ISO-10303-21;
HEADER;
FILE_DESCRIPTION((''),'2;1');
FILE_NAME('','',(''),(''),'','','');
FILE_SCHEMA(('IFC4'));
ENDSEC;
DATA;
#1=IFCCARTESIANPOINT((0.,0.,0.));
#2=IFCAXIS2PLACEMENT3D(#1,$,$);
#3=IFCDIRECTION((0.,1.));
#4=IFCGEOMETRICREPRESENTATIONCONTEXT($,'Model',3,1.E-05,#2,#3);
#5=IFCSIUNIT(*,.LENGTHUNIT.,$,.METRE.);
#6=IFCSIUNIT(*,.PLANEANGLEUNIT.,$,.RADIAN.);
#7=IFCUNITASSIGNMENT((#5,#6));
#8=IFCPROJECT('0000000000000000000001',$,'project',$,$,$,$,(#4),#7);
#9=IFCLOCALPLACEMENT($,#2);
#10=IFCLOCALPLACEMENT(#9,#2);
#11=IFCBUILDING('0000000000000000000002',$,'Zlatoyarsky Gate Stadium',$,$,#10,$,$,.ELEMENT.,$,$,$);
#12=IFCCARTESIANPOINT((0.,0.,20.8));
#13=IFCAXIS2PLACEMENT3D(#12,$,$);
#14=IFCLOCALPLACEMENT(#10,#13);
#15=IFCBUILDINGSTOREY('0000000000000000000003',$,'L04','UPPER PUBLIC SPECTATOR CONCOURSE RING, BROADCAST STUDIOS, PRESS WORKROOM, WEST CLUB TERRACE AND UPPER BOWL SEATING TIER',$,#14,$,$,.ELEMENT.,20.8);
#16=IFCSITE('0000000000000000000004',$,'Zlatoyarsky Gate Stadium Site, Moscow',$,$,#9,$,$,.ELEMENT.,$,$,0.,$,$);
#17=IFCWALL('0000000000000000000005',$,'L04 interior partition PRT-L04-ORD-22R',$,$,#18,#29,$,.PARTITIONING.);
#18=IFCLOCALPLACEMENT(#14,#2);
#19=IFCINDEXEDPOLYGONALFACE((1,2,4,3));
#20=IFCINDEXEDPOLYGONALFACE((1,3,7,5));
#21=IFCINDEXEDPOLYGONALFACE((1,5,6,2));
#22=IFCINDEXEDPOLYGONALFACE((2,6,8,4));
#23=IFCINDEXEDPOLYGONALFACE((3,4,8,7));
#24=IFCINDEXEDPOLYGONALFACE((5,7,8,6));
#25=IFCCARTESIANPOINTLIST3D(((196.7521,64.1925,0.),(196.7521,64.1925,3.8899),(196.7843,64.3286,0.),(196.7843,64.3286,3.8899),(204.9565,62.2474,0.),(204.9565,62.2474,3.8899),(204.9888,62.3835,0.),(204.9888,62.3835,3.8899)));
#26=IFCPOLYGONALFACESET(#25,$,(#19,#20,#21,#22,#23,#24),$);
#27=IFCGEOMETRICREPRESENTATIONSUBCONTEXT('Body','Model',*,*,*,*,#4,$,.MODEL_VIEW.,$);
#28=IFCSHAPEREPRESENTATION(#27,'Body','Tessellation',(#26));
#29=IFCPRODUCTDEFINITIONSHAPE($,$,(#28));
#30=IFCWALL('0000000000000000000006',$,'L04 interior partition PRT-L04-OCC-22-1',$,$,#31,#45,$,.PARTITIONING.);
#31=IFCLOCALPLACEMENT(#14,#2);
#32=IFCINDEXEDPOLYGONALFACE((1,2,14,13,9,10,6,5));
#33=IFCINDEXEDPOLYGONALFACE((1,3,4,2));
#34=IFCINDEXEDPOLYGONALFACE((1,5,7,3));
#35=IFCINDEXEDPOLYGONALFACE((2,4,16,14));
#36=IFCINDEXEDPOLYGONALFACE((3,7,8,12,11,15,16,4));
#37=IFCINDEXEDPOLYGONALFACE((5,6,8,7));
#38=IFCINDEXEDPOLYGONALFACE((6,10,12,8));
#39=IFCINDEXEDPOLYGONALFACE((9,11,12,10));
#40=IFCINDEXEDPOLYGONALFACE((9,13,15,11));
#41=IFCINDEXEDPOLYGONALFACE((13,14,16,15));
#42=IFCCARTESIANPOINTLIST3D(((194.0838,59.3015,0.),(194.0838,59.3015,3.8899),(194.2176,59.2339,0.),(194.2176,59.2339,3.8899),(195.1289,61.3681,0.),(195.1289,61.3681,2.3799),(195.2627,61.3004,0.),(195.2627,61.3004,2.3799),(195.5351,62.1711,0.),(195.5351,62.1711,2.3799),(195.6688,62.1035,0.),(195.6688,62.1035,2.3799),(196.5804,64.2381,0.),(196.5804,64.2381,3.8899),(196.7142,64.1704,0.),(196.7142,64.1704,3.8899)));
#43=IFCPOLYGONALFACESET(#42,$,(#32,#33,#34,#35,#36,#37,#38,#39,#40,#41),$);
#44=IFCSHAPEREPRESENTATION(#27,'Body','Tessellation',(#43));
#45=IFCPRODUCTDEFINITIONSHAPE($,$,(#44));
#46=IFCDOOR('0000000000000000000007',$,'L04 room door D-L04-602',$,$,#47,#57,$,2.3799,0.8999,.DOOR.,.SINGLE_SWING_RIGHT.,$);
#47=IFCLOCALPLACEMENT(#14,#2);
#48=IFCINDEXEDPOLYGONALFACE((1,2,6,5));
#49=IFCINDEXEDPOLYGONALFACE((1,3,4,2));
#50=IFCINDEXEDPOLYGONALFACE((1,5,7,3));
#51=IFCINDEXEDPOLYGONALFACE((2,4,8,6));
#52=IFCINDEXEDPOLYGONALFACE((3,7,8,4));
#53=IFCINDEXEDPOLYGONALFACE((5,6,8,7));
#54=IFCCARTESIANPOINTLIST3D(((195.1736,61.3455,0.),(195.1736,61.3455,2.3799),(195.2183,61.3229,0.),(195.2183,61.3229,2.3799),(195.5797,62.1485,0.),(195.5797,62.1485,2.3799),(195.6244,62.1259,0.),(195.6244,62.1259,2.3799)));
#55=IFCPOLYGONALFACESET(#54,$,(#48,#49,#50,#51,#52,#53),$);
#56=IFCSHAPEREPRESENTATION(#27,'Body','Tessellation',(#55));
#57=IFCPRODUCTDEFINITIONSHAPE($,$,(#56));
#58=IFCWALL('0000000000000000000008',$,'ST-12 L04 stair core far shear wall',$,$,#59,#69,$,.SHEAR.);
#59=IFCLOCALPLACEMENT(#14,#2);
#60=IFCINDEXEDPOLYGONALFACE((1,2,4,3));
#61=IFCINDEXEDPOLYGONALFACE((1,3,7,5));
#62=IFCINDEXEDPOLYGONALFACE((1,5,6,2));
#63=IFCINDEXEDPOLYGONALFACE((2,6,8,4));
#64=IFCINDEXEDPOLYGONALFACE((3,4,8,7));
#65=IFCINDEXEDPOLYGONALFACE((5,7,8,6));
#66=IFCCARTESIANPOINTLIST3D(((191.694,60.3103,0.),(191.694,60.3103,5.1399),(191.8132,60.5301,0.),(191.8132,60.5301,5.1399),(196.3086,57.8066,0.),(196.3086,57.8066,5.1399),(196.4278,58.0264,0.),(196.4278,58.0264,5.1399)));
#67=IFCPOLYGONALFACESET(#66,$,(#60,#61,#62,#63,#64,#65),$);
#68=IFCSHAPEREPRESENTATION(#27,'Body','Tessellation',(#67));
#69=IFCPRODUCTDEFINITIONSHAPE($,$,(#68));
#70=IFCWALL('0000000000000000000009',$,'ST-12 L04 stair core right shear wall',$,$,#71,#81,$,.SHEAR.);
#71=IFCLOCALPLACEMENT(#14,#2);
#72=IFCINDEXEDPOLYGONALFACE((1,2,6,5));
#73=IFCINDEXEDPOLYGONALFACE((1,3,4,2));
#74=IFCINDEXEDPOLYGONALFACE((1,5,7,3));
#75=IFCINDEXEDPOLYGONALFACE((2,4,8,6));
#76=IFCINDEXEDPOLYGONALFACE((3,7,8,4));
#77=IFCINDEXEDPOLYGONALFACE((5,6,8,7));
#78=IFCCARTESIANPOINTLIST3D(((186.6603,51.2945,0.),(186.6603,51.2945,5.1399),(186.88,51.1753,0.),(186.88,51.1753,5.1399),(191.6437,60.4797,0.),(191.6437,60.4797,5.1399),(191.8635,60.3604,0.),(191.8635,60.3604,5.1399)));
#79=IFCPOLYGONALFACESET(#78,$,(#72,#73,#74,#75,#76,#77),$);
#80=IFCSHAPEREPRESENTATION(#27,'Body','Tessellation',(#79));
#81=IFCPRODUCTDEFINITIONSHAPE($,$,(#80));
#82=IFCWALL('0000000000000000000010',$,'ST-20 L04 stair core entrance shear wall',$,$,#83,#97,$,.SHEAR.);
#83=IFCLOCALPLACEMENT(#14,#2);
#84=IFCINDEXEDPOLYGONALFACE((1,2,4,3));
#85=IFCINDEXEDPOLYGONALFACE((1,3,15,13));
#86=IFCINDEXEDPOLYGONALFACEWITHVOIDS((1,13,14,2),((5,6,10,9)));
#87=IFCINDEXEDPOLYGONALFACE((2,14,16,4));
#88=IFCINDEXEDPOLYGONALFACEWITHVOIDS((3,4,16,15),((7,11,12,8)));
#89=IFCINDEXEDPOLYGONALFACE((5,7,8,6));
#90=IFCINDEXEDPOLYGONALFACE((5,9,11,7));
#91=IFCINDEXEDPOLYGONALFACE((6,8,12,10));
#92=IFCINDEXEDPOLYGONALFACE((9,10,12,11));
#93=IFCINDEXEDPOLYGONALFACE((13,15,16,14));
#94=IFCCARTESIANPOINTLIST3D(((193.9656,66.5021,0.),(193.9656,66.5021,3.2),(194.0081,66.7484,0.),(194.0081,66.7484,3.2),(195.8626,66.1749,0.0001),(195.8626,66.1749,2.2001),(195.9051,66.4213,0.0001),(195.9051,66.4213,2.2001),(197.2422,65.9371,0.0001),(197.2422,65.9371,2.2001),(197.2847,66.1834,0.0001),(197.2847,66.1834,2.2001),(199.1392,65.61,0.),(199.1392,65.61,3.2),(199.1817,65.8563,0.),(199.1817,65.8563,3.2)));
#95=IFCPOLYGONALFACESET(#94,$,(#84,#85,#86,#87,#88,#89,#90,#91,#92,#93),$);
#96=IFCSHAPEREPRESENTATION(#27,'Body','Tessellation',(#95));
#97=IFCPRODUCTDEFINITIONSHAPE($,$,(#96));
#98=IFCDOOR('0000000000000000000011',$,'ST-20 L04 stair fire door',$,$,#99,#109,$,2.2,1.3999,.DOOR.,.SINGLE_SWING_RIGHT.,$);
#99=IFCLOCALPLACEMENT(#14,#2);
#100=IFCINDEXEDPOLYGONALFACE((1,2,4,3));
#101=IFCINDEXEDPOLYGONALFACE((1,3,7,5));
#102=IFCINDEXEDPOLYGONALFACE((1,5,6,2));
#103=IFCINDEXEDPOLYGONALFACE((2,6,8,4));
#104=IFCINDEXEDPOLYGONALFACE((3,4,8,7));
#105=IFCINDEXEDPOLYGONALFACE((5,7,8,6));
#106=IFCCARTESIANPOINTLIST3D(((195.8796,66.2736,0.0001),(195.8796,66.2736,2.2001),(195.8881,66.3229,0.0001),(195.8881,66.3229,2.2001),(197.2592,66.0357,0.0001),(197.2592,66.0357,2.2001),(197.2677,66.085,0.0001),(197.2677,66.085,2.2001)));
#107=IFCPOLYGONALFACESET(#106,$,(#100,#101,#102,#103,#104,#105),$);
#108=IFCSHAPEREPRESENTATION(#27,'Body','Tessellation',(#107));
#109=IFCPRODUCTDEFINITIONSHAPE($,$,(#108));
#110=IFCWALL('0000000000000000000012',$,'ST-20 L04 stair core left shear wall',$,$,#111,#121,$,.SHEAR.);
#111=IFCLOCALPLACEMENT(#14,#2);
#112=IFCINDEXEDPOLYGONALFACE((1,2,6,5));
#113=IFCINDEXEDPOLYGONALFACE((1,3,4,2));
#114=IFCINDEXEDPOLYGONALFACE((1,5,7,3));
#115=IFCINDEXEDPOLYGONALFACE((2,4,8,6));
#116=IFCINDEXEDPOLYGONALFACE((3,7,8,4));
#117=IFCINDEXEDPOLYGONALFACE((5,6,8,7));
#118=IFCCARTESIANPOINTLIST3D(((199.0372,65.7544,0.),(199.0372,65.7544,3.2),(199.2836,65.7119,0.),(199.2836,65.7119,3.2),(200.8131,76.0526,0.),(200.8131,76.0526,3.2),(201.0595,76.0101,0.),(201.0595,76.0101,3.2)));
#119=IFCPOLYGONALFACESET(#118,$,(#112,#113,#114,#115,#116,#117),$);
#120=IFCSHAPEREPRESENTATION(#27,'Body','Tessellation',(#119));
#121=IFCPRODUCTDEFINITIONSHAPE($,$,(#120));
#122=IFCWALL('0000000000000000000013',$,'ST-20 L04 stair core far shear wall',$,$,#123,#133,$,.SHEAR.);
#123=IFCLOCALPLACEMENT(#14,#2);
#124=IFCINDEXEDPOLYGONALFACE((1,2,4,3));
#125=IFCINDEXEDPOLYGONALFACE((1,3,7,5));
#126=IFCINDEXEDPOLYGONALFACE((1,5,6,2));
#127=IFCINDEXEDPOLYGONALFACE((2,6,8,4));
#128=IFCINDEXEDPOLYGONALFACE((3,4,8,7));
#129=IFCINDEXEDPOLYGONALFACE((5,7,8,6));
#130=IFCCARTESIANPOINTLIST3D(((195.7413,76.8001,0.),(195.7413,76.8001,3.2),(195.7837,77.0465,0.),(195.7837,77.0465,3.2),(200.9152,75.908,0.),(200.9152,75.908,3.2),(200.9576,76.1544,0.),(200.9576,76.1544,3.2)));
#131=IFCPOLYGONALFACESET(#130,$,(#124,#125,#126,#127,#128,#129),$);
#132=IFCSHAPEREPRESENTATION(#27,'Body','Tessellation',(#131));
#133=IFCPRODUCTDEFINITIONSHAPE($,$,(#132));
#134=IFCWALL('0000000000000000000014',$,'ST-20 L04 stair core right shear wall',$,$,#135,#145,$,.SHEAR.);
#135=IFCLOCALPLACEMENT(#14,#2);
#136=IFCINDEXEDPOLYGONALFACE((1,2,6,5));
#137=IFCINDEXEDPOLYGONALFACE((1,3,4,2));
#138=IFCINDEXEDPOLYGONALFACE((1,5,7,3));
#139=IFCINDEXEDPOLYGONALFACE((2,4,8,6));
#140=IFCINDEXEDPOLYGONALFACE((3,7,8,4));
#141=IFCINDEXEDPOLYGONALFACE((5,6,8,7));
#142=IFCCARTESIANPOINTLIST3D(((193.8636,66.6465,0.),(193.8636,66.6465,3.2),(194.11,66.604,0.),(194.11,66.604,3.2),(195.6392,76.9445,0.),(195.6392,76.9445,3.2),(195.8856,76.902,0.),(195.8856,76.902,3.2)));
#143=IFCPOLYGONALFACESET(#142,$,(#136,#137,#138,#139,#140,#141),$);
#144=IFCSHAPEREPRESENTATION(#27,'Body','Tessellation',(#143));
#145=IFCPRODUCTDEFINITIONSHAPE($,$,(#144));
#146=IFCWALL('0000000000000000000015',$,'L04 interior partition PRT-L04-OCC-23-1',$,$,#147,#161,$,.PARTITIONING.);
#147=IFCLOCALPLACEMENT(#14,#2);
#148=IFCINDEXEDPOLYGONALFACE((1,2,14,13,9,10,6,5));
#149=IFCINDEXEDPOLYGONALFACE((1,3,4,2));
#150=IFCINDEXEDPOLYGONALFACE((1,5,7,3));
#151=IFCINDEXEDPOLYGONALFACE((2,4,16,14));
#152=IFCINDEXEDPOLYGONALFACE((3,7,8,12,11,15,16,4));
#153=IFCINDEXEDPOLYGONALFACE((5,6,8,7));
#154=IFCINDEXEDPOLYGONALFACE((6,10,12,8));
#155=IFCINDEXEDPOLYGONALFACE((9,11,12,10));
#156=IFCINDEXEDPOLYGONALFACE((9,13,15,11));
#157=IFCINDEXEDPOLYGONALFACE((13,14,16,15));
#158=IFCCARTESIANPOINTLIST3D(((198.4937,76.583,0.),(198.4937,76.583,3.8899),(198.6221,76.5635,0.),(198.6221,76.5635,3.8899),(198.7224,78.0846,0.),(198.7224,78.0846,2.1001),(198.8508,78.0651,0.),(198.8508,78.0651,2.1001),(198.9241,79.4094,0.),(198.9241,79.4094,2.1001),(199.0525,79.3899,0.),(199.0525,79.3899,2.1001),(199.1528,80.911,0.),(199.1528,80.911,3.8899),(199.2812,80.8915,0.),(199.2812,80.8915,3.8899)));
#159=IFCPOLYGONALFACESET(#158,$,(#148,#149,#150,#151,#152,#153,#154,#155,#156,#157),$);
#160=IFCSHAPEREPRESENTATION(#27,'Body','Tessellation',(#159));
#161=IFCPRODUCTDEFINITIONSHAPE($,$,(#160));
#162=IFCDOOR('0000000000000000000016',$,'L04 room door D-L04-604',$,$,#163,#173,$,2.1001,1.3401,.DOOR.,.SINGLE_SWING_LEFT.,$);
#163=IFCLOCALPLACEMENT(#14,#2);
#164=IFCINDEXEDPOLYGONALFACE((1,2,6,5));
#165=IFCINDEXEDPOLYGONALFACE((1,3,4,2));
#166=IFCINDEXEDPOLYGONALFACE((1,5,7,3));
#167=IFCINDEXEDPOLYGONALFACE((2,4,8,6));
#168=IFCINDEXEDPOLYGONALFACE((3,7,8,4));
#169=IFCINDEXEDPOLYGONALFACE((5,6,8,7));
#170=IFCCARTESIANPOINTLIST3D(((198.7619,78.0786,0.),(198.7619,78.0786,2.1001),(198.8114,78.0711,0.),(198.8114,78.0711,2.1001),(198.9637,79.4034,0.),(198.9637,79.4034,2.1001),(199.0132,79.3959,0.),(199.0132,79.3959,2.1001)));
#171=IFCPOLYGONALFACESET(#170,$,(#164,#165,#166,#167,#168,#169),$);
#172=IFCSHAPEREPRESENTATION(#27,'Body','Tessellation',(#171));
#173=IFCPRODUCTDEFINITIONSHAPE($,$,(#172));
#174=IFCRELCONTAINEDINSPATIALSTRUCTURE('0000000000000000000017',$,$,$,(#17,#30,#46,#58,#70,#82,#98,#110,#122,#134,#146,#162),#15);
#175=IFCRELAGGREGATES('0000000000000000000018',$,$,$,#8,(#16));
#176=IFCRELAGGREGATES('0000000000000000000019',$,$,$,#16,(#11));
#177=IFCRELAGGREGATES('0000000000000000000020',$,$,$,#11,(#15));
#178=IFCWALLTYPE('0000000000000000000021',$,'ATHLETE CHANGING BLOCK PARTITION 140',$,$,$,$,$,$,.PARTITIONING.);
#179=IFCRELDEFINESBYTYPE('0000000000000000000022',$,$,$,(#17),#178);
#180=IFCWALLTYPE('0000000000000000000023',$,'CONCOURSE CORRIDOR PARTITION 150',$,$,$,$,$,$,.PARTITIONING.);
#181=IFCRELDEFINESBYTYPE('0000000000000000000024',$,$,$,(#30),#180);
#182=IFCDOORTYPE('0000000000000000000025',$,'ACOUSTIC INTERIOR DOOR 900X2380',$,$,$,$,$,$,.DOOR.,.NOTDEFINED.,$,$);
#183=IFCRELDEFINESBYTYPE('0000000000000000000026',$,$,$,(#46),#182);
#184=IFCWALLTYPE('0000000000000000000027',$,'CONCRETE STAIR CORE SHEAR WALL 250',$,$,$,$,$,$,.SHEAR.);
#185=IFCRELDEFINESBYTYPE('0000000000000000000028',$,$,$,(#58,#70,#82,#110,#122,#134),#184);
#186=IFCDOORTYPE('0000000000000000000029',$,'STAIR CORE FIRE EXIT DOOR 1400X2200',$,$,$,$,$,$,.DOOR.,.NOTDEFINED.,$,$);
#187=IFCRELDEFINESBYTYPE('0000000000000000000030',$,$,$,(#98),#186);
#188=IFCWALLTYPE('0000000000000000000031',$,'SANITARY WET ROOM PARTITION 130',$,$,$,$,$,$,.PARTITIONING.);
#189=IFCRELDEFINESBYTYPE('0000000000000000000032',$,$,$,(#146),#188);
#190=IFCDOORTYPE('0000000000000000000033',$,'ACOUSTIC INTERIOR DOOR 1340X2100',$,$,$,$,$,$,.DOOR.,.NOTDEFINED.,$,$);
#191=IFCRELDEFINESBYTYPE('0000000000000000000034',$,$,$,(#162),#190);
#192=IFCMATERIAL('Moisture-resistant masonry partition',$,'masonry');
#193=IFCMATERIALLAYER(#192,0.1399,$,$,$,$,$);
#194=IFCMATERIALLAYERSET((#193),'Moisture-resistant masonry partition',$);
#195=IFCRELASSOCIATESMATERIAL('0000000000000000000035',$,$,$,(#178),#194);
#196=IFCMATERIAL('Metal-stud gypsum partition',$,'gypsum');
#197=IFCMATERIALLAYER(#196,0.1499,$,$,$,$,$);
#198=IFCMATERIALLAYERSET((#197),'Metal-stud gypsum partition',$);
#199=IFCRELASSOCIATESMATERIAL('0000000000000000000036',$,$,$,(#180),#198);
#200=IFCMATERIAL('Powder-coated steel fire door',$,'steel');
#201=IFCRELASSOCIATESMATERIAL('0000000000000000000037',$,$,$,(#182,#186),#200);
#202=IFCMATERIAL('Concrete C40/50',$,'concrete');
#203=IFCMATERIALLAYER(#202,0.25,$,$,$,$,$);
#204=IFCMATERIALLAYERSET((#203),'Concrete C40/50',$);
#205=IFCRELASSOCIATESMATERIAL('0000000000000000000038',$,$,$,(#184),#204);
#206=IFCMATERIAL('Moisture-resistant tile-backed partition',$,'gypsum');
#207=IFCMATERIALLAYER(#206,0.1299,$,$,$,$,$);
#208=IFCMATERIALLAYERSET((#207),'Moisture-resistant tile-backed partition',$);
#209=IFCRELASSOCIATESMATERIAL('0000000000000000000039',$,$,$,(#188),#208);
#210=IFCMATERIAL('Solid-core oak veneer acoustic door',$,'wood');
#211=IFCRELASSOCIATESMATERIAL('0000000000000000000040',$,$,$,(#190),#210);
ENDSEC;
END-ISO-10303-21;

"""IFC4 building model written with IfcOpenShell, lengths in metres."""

from ifc_helpers import new_model, si_unit, direction, frame, frame_2d, origin, place, context, subcontext, project, spatial, rectangle, extrude, material, layer, layer_set, type_object, element, fill, save


model = new_model("IFC4")

# Units and contexts
model_context = context("Model", 3, precision=1e-05, world=origin(), true_north=direction((0.0, 1.0)))
body_context = subcontext(model_context, "Body", "Model", "MODEL_VIEW")
ifc_project = project(units=[si_unit("LENGTHUNIT", "METRE"), si_unit("PLANEANGLEUNIT", "RADIAN")], contexts=[model_context])

# Site, building, storey
site_placement = place(None, origin())
site = spatial("IfcSite", under=ifc_project, at=site_placement, Name="Zlatoyarsky Gate Stadium Site, Moscow", CompositionType="ELEMENT", RefElevation=0.0)
building_placement = place(site_placement, origin())
building = spatial("IfcBuilding", under=site, at=building_placement, Name="Zlatoyarsky Gate Stadium", CompositionType="ELEMENT")
storey_placement = place(building_placement, frame((0.0, 0.0, 20.8)))
storey = spatial("IfcBuildingStorey", under=building, at=storey_placement, Name="L04", Description="UPPER PUBLIC SPECTATOR CONCOURSE RING, BROADCAST STUDIOS, PRESS WORKROOM, WEST CLUB TERRACE AND UPPER BOWL SEATING TIER", CompositionType="ELEMENT", Elevation=20.8)

# Wall
ifc_material_1 = material(Name="Moisture-resistant masonry partition", Category="masonry")
ifc_layer_1 = layer(ifc_material_1, 0.1399)
ifc_layer_set_1 = layer_set([ifc_layer_1], Name="Moisture-resistant masonry partition")
wall_type_1 = type_object("IfcWallType", Name="ATHLETE CHANGING BLOCK PARTITION 140", PredefinedType="PARTITIONING", material=ifc_layer_set_1)
wall_1_placement = place(storey_placement, frame((196.7683, 64.2605, 0.0), z_axis=(0.0, 0.0, 1.0), x_axis=(0.97303, -0.230677, 0.0)))
element("IfcWall", 1, at=wall_1_placement, inside=storey, type_object=wall_type_1, Name="L04 interior partition PRT-L04-ORD-22R", PredefinedType="PARTITIONING", context=body_context, shape_type="SweptSolid", body=[
    extrude(rectangle(XDim=8.4319, YDim=0.1399, at=frame_2d((4.2158, 0.0))), origin(), (0.0, 0.0, 1.0), 3.8899),
])

# Wall, opening, door
ifc_material_2 = material(Name="Metal-stud gypsum partition", Category="gypsum")
ifc_layer_2 = layer(ifc_material_2, 0.1499)
ifc_layer_set_2 = layer_set([ifc_layer_2], Name="Metal-stud gypsum partition")
wall_type_2 = type_object("IfcWallType", Name="CONCOURSE CORRIDOR PARTITION 150", PredefinedType="PARTITIONING", material=ifc_layer_set_2)
wall_2_placement = place(storey_placement, frame((194.1506, 59.2676, 0.0), z_axis=(0.0, 0.0, 1.0), x_axis=(0.451304, 0.89237, 0.0)))
wall_2 = element("IfcWall", 2, at=wall_2_placement, inside=storey, type_object=wall_type_2, Name="L04 interior partition PRT-L04-OCC-22-1", PredefinedType="PARTITIONING", context=body_context, shape_type="SweptSolid", body=[
    extrude(rectangle(XDim=5.532, YDim=0.1499, at=frame_2d((2.7661, 0.0))), origin(), (0.0, 0.0, 1.0), 3.8899),
])
opening_1_placement = place(wall_2_placement, frame((2.3159, 0.0, 0.0)))
opening_1 = element("IfcOpeningElement", 3, at=opening_1_placement, cuts=wall_2, PredefinedType="OPENING", context=body_context, shape_type="SweptSolid", body=[
    extrude(rectangle(XDim=0.8999, YDim=2.3799, at=frame_2d((0.45, 1.1899))), frame((0.0, 0.085, 0.0), z_axis=(0.0, -1.0, 0.0), x_axis=(1.0, 0.0, 0.0)), (0.0, 0.0, 1.0), 0.1699),
])
ifc_material_3 = material(Name="Powder-coated steel fire door", Category="steel")
door_type_1 = type_object("IfcDoorType", Name="ACOUSTIC INTERIOR DOOR 900X2380", OperationType="NOTDEFINED", PredefinedType="DOOR", material=ifc_material_3)
door_1_placement = place(opening_1_placement, origin())
door_1 = element("IfcDoor", 4, at=door_1_placement, inside=storey, type_object=door_type_1, Name="L04 room door D-L04-602", OperationType="SINGLE_SWING_RIGHT", OverallHeight=2.3799, OverallWidth=0.8999, PredefinedType="DOOR", context=body_context, shape_type="SweptSolid", body=[
    extrude(rectangle(XDim=0.8999, YDim=2.3799, at=frame_2d((0.45, 1.1899))), frame((0.0, 0.0249, 0.0), z_axis=(0.0, -1.0, 0.0), x_axis=(1.0, 0.0, 0.0)), (0.0, 0.0, 1.0), 0.05),
])
fill(opening_1, door_1)

# Walls
ifc_material_4 = material(Name="Concrete C40/50", Category="concrete")
ifc_layer_3 = layer(ifc_material_4, 0.25)
ifc_layer_set_3 = layer_set([ifc_layer_3], Name="Concrete C40/50")
wall_type_3 = type_object("IfcWallType", Name="CONCRETE STAIR CORE SHEAR WALL 250", PredefinedType="SHEAR", material=ifc_layer_set_3)
wall_3_placement = place(storey_placement, frame((196.3682, 57.9165, 0.0), z_axis=(0.0, 0.0, 1.0), x_axis=(-0.878961, 0.476893, 0.0)))
element("IfcWall", 5, at=wall_3_placement, inside=storey, type_object=wall_type_3, Name="ST-12 L04 stair core far shear wall", PredefinedType="SHEAR", context=body_context, shape_type="SweptSolid", body=[
    extrude(rectangle(XDim=5.25, YDim=0.25, at=frame_2d((2.625, 0.0))), origin(), (0.0, 0.0, 1.0), 5.1399),
])
wall_4_placement = place(storey_placement, frame((191.7537, 60.4202, 0.0), z_axis=(0.0, 0.0, 1.0), x_axis=(-0.476887, -0.878965, 0.0)))
element("IfcWall", 6, at=wall_4_placement, inside=storey, type_object=wall_type_3, Name="ST-12 L04 stair core right shear wall", PredefinedType="SHEAR", context=body_context, shape_type="SweptSolid", body=[
    extrude(rectangle(XDim=10.45, YDim=0.25, at=frame_2d((5.2251, 0.0))), origin(), (0.0, 0.0, 1.0), 5.1399),
])

# Wall, opening, door
wall_5_placement = place(storey_placement, frame((193.9868, 66.6252, 0.0), z_axis=(0.0, 0.0, 1.0), x_axis=(0.985457, -0.169924, 0.0)))
wall_5 = element("IfcWall", 7, at=wall_5_placement, inside=storey, type_object=wall_type_3, Name="ST-20 L04 stair core entrance shear wall", PredefinedType="SHEAR", context=body_context, shape_type="SweptSolid", body=[
    extrude(rectangle(XDim=5.25, YDim=0.25, at=frame_2d((2.625, 0.0))), origin(), (0.0, 0.0, 1.0), 3.2),
])
opening_2_placement = place(wall_5_placement, frame((1.925, 0.0, 0.0)))
opening_2 = element("IfcOpeningElement", 8, at=opening_2_placement, cuts=wall_5, PredefinedType="OPENING", context=body_context, shape_type="SweptSolid", body=[
    extrude(rectangle(XDim=1.3999, YDim=2.2, at=frame_2d((0.7, 1.1001))), frame((0.0, 0.135, 0.0), z_axis=(0.0, -1.0, 0.0), x_axis=(1.0, 0.0, 0.0)), (0.0, 0.0, 1.0), 0.27),
])
door_type_2 = type_object("IfcDoorType", Name="STAIR CORE FIRE EXIT DOOR 1400X2200", OperationType="NOTDEFINED", PredefinedType="DOOR", material=ifc_material_3)
door_2_placement = place(opening_2_placement, frame((1.3999, 0.0, 0.0), z_axis=(0.0, 0.0, 1.0), x_axis=(-1.0, 0.0, 0.0)))
door_2 = element("IfcDoor", 9, at=door_2_placement, inside=storey, type_object=door_type_2, Name="ST-20 L04 stair fire door", OperationType="SINGLE_SWING_RIGHT", OverallHeight=2.2, OverallWidth=1.3999, PredefinedType="DOOR", context=body_context, shape_type="SweptSolid", body=[
    extrude(rectangle(XDim=1.3999, YDim=2.2, at=frame_2d((0.7, 1.1001))), frame((0.0, 0.0249, 0.0), z_axis=(0.0, -1.0, 0.0), x_axis=(1.0, 0.0, 0.0)), (0.0, 0.0, 1.0), 0.05),
])
fill(opening_2, door_2)

# Walls
wall_6_placement = place(storey_placement, frame((199.1604, 65.7332, 0.0), z_axis=(0.0, 0.0, 1.0), x_axis=(0.169939, 0.985455, 0.0)))
element("IfcWall", 10, at=wall_6_placement, inside=storey, type_object=wall_type_3, Name="ST-20 L04 stair core left shear wall", PredefinedType="SHEAR", context=body_context, shape_type="SweptSolid", body=[
    extrude(rectangle(XDim=10.4502, YDim=0.25, at=frame_2d((5.2251, 0.0))), origin(), (0.0, 0.0, 1.0), 3.2),
])
wall_7_placement = place(storey_placement, frame((200.9363, 76.0312, 0.0), z_axis=(0.0, 0.0, 1.0), x_axis=(-0.985459, 0.169916, 0.0)))
element("IfcWall", 11, at=wall_7_placement, inside=storey, type_object=wall_type_3, Name="ST-20 L04 stair core far shear wall", PredefinedType="SHEAR", context=body_context, shape_type="SweptSolid", body=[
    extrude(rectangle(XDim=5.2502, YDim=0.25, at=frame_2d((2.625, 0.0))), origin(), (0.0, 0.0, 1.0), 3.2),
])
wall_8_placement = place(storey_placement, frame((195.7625, 76.9233, 0.0), z_axis=(0.0, 0.0, 1.0), x_axis=(-0.169916, -0.985458, 0.0)))
element("IfcWall", 12, at=wall_8_placement, inside=storey, type_object=wall_type_3, Name="ST-20 L04 stair core right shear wall", PredefinedType="SHEAR", context=body_context, shape_type="SweptSolid", body=[
    extrude(rectangle(XDim=10.45, YDim=0.25, at=frame_2d((5.2251, 0.0))), origin(), (0.0, 0.0, 1.0), 3.2),
])

# Wall, opening, door
ifc_material_5 = material(Name="Moisture-resistant tile-backed partition", Category="gypsum")
ifc_layer_4 = layer(ifc_material_5, 0.1299)
ifc_layer_set_4 = layer_set([ifc_layer_4], Name="Moisture-resistant tile-backed partition")
wall_type_4 = type_object("IfcWallType", Name="SANITARY WET ROOM PARTITION 130", PredefinedType="PARTITIONING", material=ifc_layer_set_4)
wall_9_placement = place(storey_placement, frame((198.5579, 76.5732, 0.0), z_axis=(0.0, 0.0, 1.0), x_axis=(0.150565, 0.9886, 0.0)))
wall_9 = element("IfcWall", 13, at=wall_9_placement, inside=storey, type_object=wall_type_4, Name="L04 interior partition PRT-L04-OCC-23-1", PredefinedType="PARTITIONING", context=body_context, shape_type="SweptSolid", body=[
    extrude(rectangle(XDim=4.3779, YDim=0.1299, at=frame_2d((2.189, 0.0))), origin(), (0.0, 0.0, 1.0), 3.8899),
])
opening_3_placement = place(wall_9_placement, frame((1.519, 0.0, 0.0)))
opening_3 = element("IfcOpeningElement", 14, at=opening_3_placement, cuts=wall_9, PredefinedType="OPENING", context=body_context, shape_type="SweptSolid", body=[
    extrude(rectangle(XDim=1.3401, YDim=2.1001, at=frame_2d((0.6699, 1.05))), frame((0.0, 0.075, 0.0), z_axis=(0.0, -1.0, 0.0), x_axis=(1.0, 0.0, 0.0)), (0.0, 0.0, 1.0), 0.1499),
])
ifc_material_6 = material(Name="Solid-core oak veneer acoustic door", Category="wood")
door_type_3 = type_object("IfcDoorType", Name="ACOUSTIC INTERIOR DOOR 1340X2100", OperationType="NOTDEFINED", PredefinedType="DOOR", material=ifc_material_6)
door_3_placement = place(opening_3_placement, origin())
door_3 = element("IfcDoor", 15, at=door_3_placement, inside=storey, type_object=door_type_3, Name="L04 room door D-L04-604", OperationType="SINGLE_SWING_LEFT", OverallHeight=2.1001, OverallWidth=1.3401, PredefinedType="DOOR", context=body_context, shape_type="SweptSolid", body=[
    extrude(rectangle(XDim=1.3401, YDim=2.1001, at=frame_2d((0.6699, 1.05))), frame((0.0, 0.0249, 0.0), z_axis=(0.0, -1.0, 0.0), x_axis=(1.0, 0.0, 0.0)), (0.0, 0.0, 1.0), 0.05),
])
fill(opening_3, door_3)

save(model, "model.ifc")
